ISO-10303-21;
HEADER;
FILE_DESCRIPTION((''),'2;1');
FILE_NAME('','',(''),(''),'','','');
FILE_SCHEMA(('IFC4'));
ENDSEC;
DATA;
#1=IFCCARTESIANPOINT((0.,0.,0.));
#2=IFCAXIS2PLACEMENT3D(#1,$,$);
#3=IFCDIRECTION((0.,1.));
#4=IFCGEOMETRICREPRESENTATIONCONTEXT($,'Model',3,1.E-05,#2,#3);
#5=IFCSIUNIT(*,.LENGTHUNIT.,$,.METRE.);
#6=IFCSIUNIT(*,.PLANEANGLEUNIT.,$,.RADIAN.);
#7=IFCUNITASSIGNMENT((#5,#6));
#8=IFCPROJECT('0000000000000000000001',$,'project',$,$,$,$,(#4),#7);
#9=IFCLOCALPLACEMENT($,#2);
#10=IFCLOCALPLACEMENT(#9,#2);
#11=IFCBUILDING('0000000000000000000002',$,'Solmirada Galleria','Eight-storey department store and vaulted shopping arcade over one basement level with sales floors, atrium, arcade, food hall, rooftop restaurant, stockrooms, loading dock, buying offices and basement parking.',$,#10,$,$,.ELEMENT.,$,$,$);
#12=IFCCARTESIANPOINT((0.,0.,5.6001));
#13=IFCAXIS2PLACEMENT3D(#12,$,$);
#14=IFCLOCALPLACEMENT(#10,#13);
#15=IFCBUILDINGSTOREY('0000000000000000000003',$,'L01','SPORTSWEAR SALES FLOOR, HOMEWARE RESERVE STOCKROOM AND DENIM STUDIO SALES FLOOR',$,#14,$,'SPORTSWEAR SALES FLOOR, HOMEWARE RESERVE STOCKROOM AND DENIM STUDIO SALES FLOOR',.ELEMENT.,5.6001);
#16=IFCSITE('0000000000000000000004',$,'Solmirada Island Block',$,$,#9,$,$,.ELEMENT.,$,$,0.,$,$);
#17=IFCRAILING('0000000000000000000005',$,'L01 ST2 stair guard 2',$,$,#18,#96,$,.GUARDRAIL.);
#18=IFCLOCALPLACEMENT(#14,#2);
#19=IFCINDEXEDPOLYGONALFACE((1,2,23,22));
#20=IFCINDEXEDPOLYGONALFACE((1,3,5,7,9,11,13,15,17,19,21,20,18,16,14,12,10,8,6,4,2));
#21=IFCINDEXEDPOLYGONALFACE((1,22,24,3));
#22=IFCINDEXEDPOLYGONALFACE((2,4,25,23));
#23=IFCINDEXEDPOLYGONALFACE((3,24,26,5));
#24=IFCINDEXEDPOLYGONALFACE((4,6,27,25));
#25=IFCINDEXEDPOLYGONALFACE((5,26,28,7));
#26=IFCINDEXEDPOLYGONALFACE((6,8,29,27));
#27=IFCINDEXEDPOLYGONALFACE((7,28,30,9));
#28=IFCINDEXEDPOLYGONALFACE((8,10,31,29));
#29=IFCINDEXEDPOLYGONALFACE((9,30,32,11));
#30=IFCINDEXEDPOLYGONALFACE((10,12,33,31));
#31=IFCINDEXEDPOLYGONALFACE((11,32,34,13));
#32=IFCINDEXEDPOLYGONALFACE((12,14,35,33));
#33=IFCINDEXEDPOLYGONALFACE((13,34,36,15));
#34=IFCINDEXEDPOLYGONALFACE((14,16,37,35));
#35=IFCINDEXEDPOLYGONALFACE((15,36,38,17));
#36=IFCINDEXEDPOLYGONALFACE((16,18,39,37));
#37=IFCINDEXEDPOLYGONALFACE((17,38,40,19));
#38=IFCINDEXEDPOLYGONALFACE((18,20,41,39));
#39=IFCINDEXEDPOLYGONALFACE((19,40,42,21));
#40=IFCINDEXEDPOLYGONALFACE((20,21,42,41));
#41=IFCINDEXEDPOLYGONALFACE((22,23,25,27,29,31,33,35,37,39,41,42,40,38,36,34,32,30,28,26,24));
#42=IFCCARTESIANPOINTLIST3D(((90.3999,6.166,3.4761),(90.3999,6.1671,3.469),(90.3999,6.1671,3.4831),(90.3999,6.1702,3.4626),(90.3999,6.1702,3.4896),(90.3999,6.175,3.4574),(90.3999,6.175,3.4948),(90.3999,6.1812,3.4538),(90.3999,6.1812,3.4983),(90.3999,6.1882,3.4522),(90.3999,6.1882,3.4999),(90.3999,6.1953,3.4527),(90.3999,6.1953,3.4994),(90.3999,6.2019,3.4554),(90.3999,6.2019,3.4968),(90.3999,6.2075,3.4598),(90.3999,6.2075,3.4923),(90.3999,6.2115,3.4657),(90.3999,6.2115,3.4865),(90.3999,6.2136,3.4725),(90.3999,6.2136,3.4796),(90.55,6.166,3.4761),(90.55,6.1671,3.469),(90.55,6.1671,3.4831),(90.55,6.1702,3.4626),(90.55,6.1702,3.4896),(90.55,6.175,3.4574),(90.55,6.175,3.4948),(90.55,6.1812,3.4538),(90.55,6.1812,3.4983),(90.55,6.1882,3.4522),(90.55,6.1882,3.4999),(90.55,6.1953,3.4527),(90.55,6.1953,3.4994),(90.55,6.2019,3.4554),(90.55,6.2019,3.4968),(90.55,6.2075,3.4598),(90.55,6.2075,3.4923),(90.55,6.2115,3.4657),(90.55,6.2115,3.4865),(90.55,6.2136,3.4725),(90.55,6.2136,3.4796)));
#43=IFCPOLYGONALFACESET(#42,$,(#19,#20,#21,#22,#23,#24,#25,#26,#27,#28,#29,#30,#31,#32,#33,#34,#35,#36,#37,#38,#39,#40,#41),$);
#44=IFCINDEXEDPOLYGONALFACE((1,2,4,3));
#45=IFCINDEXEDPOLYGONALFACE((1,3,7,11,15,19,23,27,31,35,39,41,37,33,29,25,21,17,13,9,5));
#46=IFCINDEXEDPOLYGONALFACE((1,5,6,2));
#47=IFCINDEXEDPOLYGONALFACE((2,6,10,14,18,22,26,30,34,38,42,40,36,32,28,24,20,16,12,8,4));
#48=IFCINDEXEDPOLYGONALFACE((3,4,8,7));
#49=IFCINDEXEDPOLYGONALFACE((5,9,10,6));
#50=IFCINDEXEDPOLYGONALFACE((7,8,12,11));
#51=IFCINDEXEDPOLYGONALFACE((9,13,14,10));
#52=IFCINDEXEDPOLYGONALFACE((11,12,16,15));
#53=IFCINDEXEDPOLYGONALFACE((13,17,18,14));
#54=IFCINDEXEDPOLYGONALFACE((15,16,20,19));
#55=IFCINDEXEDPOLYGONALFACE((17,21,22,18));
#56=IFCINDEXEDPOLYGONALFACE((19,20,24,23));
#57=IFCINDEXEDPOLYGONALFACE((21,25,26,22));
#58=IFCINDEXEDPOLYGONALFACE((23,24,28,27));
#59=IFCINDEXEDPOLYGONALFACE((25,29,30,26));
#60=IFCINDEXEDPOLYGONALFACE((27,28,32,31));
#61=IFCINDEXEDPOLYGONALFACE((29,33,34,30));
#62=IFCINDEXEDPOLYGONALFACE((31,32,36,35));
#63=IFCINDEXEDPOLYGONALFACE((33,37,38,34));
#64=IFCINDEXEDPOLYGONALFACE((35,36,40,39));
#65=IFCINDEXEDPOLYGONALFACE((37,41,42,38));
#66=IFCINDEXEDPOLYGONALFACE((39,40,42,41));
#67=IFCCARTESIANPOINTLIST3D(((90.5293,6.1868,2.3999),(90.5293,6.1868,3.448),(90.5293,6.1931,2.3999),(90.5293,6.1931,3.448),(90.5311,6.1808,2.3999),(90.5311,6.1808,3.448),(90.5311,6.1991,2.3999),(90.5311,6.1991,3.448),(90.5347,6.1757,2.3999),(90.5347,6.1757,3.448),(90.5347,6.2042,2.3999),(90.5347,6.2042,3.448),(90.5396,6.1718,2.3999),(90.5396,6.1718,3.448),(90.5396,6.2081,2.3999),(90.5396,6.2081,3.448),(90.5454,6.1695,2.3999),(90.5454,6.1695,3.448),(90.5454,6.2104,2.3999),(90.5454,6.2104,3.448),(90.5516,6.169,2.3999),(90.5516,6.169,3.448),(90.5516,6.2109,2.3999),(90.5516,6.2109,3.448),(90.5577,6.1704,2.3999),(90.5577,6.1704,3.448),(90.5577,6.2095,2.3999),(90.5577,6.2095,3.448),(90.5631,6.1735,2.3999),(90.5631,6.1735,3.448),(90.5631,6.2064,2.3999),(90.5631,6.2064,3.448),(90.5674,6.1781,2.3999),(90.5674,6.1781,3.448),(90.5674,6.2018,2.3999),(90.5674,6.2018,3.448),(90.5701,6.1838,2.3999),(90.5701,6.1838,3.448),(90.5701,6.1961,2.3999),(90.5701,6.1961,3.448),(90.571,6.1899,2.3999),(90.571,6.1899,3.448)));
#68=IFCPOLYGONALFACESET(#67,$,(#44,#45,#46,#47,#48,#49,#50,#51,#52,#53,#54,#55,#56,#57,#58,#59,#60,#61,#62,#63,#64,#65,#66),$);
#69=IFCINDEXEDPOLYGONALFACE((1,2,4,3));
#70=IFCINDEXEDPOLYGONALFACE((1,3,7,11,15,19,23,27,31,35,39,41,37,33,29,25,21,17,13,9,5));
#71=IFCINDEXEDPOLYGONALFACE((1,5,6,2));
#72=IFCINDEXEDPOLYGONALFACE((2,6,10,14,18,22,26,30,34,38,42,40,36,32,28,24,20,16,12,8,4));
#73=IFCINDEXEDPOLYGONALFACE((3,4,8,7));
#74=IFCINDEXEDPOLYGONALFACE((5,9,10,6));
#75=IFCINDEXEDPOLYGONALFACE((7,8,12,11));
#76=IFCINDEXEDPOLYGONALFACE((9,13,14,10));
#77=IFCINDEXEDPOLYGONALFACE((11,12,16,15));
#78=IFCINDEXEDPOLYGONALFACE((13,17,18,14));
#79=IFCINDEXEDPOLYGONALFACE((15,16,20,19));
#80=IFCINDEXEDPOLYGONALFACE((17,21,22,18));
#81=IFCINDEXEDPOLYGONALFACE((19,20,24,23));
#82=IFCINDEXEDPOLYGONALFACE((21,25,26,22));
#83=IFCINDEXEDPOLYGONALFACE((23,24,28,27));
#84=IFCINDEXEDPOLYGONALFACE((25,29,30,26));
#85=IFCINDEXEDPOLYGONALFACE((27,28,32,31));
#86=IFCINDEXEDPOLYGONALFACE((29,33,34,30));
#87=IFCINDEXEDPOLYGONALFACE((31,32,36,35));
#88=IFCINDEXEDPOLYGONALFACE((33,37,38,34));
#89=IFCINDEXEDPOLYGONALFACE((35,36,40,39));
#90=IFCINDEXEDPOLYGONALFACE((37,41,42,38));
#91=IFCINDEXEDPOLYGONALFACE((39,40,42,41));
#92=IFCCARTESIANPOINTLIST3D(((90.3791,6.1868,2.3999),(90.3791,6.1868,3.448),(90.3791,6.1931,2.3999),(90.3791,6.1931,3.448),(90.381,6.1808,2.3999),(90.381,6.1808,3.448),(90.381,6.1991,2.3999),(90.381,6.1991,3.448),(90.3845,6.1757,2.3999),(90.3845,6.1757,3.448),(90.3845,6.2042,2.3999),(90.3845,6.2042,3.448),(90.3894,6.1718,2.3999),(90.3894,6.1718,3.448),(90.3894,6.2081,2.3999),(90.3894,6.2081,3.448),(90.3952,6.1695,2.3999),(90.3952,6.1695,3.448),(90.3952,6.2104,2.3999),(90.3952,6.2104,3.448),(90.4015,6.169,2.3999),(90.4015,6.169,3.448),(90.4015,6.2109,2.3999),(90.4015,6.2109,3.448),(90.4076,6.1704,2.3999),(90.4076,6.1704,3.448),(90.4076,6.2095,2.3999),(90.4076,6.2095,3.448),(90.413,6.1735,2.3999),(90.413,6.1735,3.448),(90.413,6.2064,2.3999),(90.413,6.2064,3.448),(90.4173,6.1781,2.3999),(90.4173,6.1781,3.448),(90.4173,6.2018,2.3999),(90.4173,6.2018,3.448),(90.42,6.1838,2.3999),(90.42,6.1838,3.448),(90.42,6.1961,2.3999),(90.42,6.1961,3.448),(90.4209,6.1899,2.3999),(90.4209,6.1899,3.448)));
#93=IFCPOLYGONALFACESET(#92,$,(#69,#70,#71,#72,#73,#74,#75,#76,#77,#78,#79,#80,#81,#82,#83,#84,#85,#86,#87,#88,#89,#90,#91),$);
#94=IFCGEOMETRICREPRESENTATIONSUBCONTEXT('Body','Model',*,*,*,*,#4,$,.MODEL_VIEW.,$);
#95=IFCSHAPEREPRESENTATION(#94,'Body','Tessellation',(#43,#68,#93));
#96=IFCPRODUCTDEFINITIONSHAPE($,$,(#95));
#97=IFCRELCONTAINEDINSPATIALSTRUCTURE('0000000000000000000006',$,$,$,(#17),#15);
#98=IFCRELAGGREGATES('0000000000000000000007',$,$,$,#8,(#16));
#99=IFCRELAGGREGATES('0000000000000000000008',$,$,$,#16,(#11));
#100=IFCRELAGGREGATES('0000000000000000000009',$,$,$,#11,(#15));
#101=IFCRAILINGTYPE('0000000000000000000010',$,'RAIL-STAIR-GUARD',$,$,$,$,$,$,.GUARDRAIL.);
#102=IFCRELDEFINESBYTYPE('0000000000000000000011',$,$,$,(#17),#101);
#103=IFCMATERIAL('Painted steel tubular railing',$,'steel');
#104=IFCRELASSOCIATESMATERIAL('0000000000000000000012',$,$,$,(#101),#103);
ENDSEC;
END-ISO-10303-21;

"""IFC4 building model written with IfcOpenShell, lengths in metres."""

from ifc_helpers import new_model, si_unit, direction, frame, origin, origin_2d, place, context, subcontext, project, spatial, circle, extrude, material, type_object, element, save


model = new_model("IFC4")

# Units and contexts
model_context = context("Model", 3, precision=1e-05, world=origin(), true_north=direction((0.0, 1.0)))
body_context = subcontext(model_context, "Body", "Model", "MODEL_VIEW")
ifc_project = project(units=[si_unit("LENGTHUNIT", "METRE"), si_unit("PLANEANGLEUNIT", "RADIAN")], contexts=[model_context])

# Site, building, storey
site_placement = place(None, origin())
site = spatial("IfcSite", under=ifc_project, at=site_placement, Name="Solmirada Island Block", CompositionType="ELEMENT", RefElevation=0.0)
building_placement = place(site_placement, origin())
building = spatial("IfcBuilding", under=site, at=building_placement, Name="Solmirada Galleria", Description="Eight-storey department store and vaulted shopping arcade over one basement level with sales floors, atrium, arcade, food hall, rooftop restaurant, stockrooms, loading dock, buying offices and basement parking.", CompositionType="ELEMENT")
storey_placement = place(building_placement, frame((0.0, 0.0, 5.6001)))
storey = spatial("IfcBuildingStorey", under=building, at=storey_placement, Name="L01", Description="SPORTSWEAR SALES FLOOR, HOMEWARE RESERVE STOCKROOM AND DENIM STUDIO SALES FLOOR", LongName="SPORTSWEAR SALES FLOOR, HOMEWARE RESERVE STOCKROOM AND DENIM STUDIO SALES FLOOR", CompositionType="ELEMENT", Elevation=5.6001)

# Railing
ifc_material_1 = material(Name="Painted steel tubular railing", Category="steel")
railing_type_1 = type_object("IfcRailingType", Name="RAIL-STAIR-GUARD", PredefinedType="GUARDRAIL", material=ifc_material_1)
railing_1_placement = place(storey_placement, frame((90.55, 6.1899, 2.3999)))
element("IfcRailing", 1, at=railing_1_placement, inside=storey, type_object=railing_type_1, Name="L01 ST2 stair guard 2", PredefinedType="GUARDRAIL", context=body_context, shape_type="SweptSolid", body=[
    extrude(circle(Radius=0.0239, at=origin_2d()), frame((0.0, 0.0, 1.0762), z_axis=(-1.0, 0.0, 0.0), x_axis=(0.0, -1.0, 0.0)), (0.0, 0.0, 1.0), 0.1501),
    extrude(circle(Radius=0.021, at=origin_2d()), origin(), (0.0, 0.0, 1.0), 1.0481),
    extrude(circle(Radius=0.021, at=origin_2d()), frame((-0.1501, 0.0, 0.0)), (0.0, 0.0, 1.0), 1.0481),
])

save(model, "model.ifc")
